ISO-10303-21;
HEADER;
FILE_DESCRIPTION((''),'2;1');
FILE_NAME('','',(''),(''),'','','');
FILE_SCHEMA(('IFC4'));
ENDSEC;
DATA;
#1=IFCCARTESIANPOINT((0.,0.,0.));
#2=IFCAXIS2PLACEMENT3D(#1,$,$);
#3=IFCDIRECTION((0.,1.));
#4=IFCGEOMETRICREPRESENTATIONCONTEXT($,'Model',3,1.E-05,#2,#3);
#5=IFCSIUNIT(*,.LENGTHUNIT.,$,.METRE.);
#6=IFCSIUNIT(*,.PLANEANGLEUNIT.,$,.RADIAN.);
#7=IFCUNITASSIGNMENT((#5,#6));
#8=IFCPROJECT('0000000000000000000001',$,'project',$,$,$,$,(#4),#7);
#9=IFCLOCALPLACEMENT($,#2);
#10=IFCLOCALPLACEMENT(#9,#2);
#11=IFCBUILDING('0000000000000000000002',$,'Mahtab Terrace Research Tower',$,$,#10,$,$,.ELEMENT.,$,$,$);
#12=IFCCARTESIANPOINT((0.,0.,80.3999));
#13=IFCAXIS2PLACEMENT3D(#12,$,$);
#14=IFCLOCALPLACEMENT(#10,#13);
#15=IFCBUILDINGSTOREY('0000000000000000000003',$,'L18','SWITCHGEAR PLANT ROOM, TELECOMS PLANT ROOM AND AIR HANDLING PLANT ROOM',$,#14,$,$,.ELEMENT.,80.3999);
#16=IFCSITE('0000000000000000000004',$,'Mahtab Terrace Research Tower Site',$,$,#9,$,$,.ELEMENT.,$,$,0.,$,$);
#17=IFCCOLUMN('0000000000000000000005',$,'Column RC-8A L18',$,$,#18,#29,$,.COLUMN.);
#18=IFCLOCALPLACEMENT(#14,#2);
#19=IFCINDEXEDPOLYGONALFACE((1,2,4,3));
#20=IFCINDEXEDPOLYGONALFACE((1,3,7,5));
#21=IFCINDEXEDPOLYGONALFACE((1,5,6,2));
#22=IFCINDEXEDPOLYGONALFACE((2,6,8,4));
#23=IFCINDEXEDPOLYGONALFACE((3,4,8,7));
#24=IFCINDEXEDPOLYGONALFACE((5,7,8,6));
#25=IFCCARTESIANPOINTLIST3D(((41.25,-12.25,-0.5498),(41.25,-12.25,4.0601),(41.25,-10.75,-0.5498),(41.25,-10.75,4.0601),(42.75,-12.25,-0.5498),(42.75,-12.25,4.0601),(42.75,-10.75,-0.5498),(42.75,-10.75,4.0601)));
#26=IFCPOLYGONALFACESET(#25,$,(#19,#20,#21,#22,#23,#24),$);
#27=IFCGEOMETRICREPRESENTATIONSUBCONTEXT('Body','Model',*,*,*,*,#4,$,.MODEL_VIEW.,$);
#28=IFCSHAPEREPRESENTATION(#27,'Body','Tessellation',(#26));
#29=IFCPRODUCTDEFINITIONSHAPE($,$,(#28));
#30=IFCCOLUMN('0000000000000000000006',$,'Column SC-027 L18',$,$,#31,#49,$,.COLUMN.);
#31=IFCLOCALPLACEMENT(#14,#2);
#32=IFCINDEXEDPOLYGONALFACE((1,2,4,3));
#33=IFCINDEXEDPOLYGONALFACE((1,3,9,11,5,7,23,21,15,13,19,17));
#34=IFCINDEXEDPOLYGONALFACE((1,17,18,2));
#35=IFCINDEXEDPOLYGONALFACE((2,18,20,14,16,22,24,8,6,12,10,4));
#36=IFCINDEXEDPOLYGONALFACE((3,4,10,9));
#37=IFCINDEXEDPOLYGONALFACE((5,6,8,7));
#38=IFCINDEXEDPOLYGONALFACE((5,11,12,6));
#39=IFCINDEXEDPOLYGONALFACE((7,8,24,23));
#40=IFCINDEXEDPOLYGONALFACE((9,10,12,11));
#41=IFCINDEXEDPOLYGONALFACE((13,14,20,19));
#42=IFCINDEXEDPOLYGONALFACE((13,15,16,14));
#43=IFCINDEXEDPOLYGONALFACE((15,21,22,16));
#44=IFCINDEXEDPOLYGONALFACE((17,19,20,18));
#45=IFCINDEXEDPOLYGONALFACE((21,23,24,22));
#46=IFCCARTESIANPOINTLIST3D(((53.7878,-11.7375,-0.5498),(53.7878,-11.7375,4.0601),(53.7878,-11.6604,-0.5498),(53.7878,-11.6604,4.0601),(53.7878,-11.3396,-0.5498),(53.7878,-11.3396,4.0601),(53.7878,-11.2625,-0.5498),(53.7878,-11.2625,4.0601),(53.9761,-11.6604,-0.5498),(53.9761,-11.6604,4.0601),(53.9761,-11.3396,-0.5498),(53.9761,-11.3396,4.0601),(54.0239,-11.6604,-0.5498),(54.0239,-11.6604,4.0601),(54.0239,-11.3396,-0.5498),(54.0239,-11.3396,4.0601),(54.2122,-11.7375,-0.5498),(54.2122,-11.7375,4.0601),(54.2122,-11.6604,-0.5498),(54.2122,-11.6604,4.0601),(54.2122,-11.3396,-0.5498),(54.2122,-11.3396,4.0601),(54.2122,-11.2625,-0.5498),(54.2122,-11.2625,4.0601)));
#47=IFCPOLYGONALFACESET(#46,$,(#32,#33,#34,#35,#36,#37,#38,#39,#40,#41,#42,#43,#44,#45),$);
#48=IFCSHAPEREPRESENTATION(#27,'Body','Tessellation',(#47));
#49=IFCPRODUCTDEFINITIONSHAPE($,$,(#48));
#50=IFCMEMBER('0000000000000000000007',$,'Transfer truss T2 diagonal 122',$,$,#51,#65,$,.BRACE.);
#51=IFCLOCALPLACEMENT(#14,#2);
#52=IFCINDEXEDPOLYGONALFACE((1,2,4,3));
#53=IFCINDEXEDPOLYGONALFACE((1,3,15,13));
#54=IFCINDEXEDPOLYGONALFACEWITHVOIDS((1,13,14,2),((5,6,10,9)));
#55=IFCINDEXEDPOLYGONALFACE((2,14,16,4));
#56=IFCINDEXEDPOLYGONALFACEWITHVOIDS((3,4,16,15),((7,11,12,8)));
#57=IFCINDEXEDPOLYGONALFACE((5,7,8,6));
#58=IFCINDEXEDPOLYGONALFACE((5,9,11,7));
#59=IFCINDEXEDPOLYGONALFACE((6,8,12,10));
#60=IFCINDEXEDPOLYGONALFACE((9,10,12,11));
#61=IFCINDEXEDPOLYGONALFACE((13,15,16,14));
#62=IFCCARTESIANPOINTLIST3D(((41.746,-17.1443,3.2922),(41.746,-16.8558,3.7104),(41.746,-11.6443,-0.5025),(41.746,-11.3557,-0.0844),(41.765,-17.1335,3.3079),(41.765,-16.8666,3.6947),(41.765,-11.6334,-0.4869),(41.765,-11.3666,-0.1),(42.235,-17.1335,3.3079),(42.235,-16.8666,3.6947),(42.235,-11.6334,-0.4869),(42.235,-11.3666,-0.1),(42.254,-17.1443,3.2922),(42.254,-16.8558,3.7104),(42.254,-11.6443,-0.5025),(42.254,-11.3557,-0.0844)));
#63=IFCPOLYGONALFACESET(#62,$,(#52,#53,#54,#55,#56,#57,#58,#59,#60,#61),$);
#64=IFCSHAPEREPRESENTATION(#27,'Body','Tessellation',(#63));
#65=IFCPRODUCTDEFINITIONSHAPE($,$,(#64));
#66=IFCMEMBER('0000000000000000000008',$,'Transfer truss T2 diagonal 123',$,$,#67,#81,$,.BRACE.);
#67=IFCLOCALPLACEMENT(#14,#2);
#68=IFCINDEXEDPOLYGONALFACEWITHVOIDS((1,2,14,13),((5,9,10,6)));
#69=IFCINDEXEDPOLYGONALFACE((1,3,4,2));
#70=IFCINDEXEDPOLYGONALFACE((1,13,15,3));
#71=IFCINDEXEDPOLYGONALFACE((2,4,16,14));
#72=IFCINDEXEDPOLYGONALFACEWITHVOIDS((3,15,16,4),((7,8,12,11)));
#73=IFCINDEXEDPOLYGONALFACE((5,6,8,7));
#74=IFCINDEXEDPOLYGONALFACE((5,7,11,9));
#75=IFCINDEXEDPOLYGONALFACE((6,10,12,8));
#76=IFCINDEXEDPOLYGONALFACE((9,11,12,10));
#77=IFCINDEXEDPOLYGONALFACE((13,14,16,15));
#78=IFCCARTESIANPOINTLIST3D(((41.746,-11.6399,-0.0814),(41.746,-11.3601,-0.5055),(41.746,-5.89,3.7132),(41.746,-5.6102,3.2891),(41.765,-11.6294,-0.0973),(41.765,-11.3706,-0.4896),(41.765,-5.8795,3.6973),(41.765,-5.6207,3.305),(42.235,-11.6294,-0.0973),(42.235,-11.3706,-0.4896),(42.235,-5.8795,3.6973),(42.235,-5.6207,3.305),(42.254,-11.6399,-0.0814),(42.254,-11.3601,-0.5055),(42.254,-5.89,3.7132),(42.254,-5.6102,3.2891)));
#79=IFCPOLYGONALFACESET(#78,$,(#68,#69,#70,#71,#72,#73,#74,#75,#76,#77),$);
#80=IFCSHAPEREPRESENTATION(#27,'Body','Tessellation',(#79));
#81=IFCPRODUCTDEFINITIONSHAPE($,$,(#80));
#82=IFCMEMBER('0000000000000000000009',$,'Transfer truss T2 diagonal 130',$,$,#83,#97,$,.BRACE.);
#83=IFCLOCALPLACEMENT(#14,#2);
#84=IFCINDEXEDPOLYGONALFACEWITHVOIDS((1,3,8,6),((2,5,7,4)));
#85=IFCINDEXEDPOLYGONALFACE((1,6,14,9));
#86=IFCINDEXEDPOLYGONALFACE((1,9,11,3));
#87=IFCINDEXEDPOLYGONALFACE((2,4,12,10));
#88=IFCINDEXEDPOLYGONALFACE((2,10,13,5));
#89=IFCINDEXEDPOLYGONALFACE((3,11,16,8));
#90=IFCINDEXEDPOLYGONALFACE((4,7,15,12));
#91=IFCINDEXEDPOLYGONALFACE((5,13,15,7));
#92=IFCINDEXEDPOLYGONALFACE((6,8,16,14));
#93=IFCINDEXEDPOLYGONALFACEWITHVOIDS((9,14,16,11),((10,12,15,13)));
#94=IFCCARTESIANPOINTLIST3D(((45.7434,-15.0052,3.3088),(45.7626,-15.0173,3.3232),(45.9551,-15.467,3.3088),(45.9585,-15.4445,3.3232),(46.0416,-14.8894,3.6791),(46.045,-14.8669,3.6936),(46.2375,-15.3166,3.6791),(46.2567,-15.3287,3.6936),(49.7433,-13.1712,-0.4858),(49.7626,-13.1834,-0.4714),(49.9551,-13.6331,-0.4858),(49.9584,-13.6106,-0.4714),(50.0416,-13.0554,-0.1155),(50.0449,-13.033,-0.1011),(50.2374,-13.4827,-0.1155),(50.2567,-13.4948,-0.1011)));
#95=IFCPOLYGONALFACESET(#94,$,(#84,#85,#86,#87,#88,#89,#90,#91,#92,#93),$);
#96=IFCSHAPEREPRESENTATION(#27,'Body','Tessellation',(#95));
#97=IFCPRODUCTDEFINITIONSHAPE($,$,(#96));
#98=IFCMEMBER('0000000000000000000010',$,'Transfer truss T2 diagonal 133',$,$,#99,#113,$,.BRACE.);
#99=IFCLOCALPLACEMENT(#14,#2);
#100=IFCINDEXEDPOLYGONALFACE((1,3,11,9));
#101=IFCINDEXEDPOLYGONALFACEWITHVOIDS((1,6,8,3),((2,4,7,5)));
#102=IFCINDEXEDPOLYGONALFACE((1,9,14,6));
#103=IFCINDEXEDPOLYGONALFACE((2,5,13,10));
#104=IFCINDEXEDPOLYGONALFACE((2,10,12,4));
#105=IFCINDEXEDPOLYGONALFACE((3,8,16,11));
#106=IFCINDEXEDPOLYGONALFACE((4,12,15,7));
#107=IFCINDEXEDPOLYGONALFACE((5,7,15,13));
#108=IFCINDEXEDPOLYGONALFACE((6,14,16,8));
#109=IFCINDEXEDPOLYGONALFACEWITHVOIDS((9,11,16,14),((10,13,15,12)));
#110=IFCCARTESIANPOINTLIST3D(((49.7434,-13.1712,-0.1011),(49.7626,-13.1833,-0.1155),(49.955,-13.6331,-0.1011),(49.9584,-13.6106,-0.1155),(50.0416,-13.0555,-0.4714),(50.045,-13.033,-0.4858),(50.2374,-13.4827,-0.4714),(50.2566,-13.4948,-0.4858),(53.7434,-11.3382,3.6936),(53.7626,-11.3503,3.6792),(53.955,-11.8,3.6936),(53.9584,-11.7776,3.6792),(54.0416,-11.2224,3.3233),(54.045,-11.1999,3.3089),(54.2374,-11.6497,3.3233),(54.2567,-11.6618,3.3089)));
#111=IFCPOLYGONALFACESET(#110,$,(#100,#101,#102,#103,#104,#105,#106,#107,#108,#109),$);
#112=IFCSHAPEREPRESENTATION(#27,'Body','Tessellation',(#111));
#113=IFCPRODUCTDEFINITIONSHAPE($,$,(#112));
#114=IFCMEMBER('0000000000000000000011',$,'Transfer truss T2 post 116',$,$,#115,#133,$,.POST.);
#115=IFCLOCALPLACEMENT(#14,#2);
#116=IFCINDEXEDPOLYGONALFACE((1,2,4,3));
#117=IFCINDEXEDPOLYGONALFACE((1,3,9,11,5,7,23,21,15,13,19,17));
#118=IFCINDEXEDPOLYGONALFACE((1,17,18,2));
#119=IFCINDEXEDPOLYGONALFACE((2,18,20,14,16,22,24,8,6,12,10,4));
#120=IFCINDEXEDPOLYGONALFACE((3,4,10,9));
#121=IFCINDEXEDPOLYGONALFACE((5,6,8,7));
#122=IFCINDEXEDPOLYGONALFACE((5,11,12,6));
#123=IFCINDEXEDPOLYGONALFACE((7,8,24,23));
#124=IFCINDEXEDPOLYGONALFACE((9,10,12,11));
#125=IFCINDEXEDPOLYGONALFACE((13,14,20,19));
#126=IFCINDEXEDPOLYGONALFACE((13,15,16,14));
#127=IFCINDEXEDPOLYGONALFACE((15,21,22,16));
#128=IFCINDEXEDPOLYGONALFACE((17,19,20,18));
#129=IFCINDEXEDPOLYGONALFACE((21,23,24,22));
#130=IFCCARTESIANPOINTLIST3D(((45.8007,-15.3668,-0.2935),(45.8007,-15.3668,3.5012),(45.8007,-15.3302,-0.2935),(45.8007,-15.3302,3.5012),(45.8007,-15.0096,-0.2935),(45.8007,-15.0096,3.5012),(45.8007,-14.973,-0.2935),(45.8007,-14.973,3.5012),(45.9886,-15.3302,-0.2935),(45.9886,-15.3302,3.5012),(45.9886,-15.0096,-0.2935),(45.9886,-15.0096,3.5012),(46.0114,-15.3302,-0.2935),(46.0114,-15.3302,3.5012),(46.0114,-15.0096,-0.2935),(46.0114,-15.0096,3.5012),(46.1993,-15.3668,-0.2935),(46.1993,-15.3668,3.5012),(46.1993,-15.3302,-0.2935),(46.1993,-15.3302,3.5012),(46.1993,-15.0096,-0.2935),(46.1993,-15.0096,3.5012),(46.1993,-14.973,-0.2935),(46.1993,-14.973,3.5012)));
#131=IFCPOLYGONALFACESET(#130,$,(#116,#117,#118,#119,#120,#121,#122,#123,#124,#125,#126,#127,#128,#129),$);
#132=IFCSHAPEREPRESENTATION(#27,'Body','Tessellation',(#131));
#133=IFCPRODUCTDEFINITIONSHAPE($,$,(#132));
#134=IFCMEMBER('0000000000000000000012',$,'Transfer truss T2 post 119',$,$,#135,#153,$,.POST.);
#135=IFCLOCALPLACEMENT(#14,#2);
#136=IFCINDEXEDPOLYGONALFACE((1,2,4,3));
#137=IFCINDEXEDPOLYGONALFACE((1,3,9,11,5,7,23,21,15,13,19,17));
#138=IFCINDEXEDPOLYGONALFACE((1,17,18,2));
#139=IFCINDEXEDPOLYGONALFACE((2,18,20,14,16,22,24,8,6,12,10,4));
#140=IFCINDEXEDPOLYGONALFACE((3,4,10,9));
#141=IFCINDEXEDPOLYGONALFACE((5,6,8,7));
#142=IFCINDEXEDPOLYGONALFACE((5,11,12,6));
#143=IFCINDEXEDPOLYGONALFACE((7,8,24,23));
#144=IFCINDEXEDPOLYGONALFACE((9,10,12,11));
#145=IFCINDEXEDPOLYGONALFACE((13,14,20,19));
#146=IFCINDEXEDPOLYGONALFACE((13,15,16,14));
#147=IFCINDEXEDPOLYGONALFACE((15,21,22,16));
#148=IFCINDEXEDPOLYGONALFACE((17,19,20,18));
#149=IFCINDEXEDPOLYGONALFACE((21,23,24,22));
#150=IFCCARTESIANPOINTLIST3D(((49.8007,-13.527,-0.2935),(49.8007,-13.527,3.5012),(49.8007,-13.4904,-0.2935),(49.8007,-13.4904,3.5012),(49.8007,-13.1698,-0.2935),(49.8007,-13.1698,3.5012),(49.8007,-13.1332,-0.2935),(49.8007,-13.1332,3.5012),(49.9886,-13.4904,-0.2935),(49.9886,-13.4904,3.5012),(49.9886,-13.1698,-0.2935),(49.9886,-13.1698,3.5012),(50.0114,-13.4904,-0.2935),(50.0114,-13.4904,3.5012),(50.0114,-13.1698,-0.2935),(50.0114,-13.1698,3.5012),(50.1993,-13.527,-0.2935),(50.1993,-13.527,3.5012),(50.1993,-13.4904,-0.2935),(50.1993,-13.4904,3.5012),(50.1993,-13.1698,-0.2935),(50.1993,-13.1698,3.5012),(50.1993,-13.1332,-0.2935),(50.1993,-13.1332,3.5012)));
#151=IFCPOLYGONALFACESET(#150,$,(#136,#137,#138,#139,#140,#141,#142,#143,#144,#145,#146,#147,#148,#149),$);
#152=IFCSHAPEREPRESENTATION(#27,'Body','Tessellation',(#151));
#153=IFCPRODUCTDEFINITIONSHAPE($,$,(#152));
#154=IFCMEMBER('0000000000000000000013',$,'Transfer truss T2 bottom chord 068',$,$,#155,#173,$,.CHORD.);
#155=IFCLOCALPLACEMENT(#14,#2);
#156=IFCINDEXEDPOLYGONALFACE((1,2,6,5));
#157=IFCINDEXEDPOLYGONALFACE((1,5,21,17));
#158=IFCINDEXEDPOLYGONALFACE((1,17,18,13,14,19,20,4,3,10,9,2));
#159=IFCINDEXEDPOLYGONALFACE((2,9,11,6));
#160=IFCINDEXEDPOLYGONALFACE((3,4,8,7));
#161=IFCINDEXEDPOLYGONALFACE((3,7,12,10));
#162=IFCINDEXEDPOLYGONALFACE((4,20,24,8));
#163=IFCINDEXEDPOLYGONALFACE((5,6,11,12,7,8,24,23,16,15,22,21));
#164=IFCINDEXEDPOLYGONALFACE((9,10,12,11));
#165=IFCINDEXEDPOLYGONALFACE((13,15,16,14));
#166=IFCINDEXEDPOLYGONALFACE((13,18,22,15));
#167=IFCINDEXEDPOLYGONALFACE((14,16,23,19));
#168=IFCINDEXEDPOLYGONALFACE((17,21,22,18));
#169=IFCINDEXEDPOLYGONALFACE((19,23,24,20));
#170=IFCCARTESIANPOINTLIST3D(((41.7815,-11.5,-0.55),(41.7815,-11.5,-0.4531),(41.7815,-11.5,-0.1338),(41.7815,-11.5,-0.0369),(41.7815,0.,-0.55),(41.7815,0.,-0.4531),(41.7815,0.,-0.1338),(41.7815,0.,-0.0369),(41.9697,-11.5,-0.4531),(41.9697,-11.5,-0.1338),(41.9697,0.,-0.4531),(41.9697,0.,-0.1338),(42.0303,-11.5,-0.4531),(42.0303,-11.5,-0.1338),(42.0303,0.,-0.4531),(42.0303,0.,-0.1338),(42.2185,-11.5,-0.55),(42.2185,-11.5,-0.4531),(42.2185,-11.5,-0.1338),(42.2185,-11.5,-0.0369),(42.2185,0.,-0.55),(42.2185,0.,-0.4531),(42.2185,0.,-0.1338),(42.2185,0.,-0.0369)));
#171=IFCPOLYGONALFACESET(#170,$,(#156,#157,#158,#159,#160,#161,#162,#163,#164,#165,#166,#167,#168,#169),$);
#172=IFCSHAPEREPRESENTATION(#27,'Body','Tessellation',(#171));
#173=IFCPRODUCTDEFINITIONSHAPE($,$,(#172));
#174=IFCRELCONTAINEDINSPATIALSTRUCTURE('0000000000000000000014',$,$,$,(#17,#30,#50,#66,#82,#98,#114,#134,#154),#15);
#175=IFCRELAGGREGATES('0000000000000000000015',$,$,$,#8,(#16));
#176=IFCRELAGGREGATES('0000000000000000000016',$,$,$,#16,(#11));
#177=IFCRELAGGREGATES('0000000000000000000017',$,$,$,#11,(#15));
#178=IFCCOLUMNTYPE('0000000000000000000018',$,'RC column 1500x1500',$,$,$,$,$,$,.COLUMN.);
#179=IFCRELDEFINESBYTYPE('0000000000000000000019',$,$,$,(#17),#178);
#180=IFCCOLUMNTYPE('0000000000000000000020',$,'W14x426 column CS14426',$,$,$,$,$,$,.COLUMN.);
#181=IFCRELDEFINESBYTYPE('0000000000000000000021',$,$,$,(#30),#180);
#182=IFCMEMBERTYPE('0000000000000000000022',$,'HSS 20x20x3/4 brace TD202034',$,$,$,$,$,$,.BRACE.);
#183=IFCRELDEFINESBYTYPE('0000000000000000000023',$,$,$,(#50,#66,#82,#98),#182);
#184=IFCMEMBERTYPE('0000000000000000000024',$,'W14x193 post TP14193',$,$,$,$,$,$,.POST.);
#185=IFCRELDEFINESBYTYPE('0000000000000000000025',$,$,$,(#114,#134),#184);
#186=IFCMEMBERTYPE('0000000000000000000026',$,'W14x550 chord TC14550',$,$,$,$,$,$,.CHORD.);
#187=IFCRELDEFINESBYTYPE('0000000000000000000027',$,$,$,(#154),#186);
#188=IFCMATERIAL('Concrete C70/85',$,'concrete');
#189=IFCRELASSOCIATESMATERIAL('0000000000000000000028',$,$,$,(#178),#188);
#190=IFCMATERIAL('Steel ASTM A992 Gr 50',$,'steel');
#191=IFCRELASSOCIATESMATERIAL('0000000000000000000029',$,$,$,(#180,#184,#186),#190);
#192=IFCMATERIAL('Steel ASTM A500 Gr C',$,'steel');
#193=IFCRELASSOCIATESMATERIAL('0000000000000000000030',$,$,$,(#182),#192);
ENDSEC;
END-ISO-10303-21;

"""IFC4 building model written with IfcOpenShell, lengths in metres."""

from ifc_helpers import new_model, si_unit, direction, frame, origin, origin_2d, place, context, subcontext, project, spatial, rectangle, hollow_rectangle, i_section, extrude, material, material_profile, profile_set, type_object, element, save


model = new_model("IFC4")

# Units and contexts
model_context = context("Model", 3, precision=1e-05, world=origin(), true_north=direction((0.0, 1.0)))
body_context = subcontext(model_context, "Body", "Model", "MODEL_VIEW")
ifc_project = project(units=[si_unit("LENGTHUNIT", "METRE"), si_unit("PLANEANGLEUNIT", "RADIAN")], contexts=[model_context])

# Site, building, storey
site_placement = place(None, origin())
site = spatial("IfcSite", under=ifc_project, at=site_placement, Name="Mahtab Terrace Research Tower Site", CompositionType="ELEMENT", RefElevation=0.0)
building_placement = place(site_placement, origin())
building = spatial("IfcBuilding", under=site, at=building_placement, Name="Mahtab Terrace Research Tower", CompositionType="ELEMENT")
storey_placement = place(building_placement, frame((0.0, 0.0, 80.3999)))
storey = spatial("IfcBuildingStorey", under=building, at=storey_placement, Name="L18", Description="SWITCHGEAR PLANT ROOM, TELECOMS PLANT ROOM AND AIR HANDLING PLANT ROOM", CompositionType="ELEMENT", Elevation=80.3999)

# Columns
ifc_material_1 = material(Name="Concrete C70/85", Category="concrete")
ifc_material_profile_1 = material_profile(ifc_material_1, rectangle(XDim=1.5, YDim=1.5, at=origin_2d()), Name="RC column 1500x1500")
ifc_profile_set_1 = profile_set([ifc_material_profile_1], Name="Concrete C70/85")
column_type_1 = type_object("IfcColumnType", Name="RC column 1500x1500", PredefinedType="COLUMN", material=ifc_profile_set_1)
column_1_placement = place(storey_placement, frame((42.0, -11.5, -0.5498), z_axis=(0.0, 0.0, 1.0), x_axis=(1.0, 0.0, 0.0)))
element("IfcColumn", 1, at=column_1_placement, inside=storey, type_object=column_type_1, Name="Column RC-8A L18", PredefinedType="COLUMN", context=body_context, shape_type="SweptSolid", body=[
    extrude(rectangle(XDim=1.5, YDim=1.5, at=origin_2d()), origin(), (0.0, 0.0, 1.0), 4.6099),
])
ifc_material_2 = material(Name="Steel ASTM A992 Gr 50", Category="steel")
ifc_material_profile_2 = material_profile(ifc_material_2, i_section(OverallWidth=0.4243, OverallDepth=0.4751, WebThickness=0.0479, FlangeThickness=0.0771, at=origin_2d()), Name="W14X426")
ifc_profile_set_2 = profile_set([ifc_material_profile_2], Name="Steel ASTM A992 Gr 50")
column_type_2 = type_object("IfcColumnType", Name="W14x426 column CS14426", PredefinedType="COLUMN", material=ifc_profile_set_2)
column_2_placement = place(storey_placement, frame((54.0, -11.5, -0.5498), z_axis=(0.0, 0.0, 1.0), x_axis=(1.0, 0.0, 0.0)))
element("IfcColumn", 2, at=column_2_placement, inside=storey, type_object=column_type_2, Name="Column SC-027 L18", PredefinedType="COLUMN", context=body_context, shape_type="SweptSolid", body=[
    extrude(i_section(OverallWidth=0.4243, OverallDepth=0.4751, WebThickness=0.0479, FlangeThickness=0.0771, at=origin_2d()), origin(), (0.0, 0.0, 1.0), 4.6099),
])

# Members
ifc_material_3 = material(Name="Steel ASTM A500 Gr C", Category="steel")
ifc_material_profile_3 = material_profile(ifc_material_3, hollow_rectangle(XDim=0.5081, YDim=0.5081, WallThickness=0.019, at=origin_2d()), Name="HSS20X20X3/4")
ifc_profile_set_3 = profile_set([ifc_material_profile_3], Name="Steel ASTM A500 Gr C")
member_type_1 = type_object("IfcMemberType", Name="HSS 20x20x3/4 brace TD202034", PredefinedType="BRACE", material=ifc_profile_set_3)
member_1_placement = place(storey_placement, frame((42.0, -11.5, -0.2935), z_axis=(0.0, -0.823103, 0.567893), x_axis=(1.0, 0.0, 0.0)))
element("IfcMember", 3, at=member_1_placement, inside=storey, type_object=member_type_1, Name="Transfer truss T2 diagonal 122", PredefinedType="BRACE", context=body_context, shape_type="SweptSolid", body=[
    extrude(hollow_rectangle(XDim=0.5081, YDim=0.5081, WallThickness=0.019, at=origin_2d()), origin(), (0.0, 0.0, 1.0), 6.6821),
])
member_2_placement = place(storey_placement, frame((42.0, -11.5, -0.2935), z_axis=(0.0, 0.834631, 0.55081), x_axis=(-1.0, 0.0, 0.0)))
element("IfcMember", 4, at=member_2_placement, inside=storey, type_object=member_type_1, Name="Transfer truss T2 diagonal 123", PredefinedType="BRACE", context=body_context, shape_type="SweptSolid", body=[
    extrude(hollow_rectangle(XDim=0.5081, YDim=0.5081, WallThickness=0.019, at=origin_2d()), origin(), (0.0, 0.0, 1.0), 6.8892),
])
member_3_placement = place(storey_placement, frame((50.0, -13.333, -0.2935), z_axis=(-0.688397, -0.315627, 0.653061), x_axis=(0.416777, -0.909009, 0.0)))
element("IfcMember", 5, at=member_3_placement, inside=storey, type_object=member_type_1, Name="Transfer truss T2 diagonal 130", PredefinedType="BRACE", context=body_context, shape_type="SweptSolid", body=[
    extrude(hollow_rectangle(XDim=0.5081, YDim=0.5081, WallThickness=0.019, at=origin_2d()), origin(), (0.0, 0.0, 1.0), 5.8105),
])
member_4_placement = place(storey_placement, frame((50.0, -13.333, -0.2935), z_axis=(0.688434, 0.315476, 0.653096), x_axis=(-0.416594, 0.909093, 0.0)))
element("IfcMember", 6, at=member_4_placement, inside=storey, type_object=member_type_1, Name="Transfer truss T2 diagonal 133", PredefinedType="BRACE", context=body_context, shape_type="SweptSolid", body=[
    extrude(hollow_rectangle(XDim=0.5081, YDim=0.5081, WallThickness=0.019, at=origin_2d()), origin(), (0.0, 0.0, 1.0), 5.8103),
])
ifc_material_profile_4 = material_profile(ifc_material_2, i_section(OverallWidth=0.3987, OverallDepth=0.3938, WebThickness=0.0227, FlangeThickness=0.0366, at=origin_2d()), Name="W14X193")
ifc_profile_set_4 = profile_set([ifc_material_profile_4], Name="Steel ASTM A992 Gr 50")
member_type_2 = type_object("IfcMemberType", Name="W14x193 post TP14193", PredefinedType="POST", material=ifc_profile_set_4)
for number, where, z_axis, x_axis, name in (
    (7, (46.0, -15.1699, -0.2935), (0.0, 0.0, 1.0), (1.0, 0.0, 0.0), "Transfer truss T2 post 116"),
    (8, (50.0, -13.3301, -0.2935), (0.0, 0.0, 1.0), (1.0, 0.0, 0.0), "Transfer truss T2 post 119"),
):
    element("IfcMember", number, at=place(storey_placement, frame(where, z_axis=z_axis, x_axis=x_axis)), inside=storey, type_object=member_type_2, Name=name, PredefinedType="POST", context=body_context, shape_type="SweptSolid", body=[
        extrude(i_section(OverallWidth=0.3987, OverallDepth=0.3938, WebThickness=0.0227, FlangeThickness=0.0366, at=origin_2d()), origin(), (0.0, 0.0, 1.0), 3.7947),
    ])
ifc_material_profile_5 = material_profile(ifc_material_2, i_section(OverallWidth=0.437, OverallDepth=0.5132, WebThickness=0.0605, FlangeThickness=0.0969, at=origin_2d()), Name="W14X550")
ifc_profile_set_5 = profile_set([ifc_material_profile_5], Name="Steel ASTM A992 Gr 50")
member_type_3 = type_object("IfcMemberType", Name="W14x550 chord TC14550", PredefinedType="CHORD", material=ifc_profile_set_5)
member_5_placement = place(storey_placement, frame((42.0, -11.5, -0.2935), z_axis=(0.0, 1.0, 0.0), x_axis=(-1.0, 0.0, 0.0)))
element("IfcMember", 9, at=member_5_placement, inside=storey, type_object=member_type_3, Name="Transfer truss T2 bottom chord 068", PredefinedType="CHORD", context=body_context, shape_type="SweptSolid", body=[
    extrude(i_section(OverallWidth=0.437, OverallDepth=0.5132, WebThickness=0.0605, FlangeThickness=0.0969, at=origin_2d()), origin(), (0.0, 0.0, 1.0), 11.5),
])

save(model, "model.ifc")
